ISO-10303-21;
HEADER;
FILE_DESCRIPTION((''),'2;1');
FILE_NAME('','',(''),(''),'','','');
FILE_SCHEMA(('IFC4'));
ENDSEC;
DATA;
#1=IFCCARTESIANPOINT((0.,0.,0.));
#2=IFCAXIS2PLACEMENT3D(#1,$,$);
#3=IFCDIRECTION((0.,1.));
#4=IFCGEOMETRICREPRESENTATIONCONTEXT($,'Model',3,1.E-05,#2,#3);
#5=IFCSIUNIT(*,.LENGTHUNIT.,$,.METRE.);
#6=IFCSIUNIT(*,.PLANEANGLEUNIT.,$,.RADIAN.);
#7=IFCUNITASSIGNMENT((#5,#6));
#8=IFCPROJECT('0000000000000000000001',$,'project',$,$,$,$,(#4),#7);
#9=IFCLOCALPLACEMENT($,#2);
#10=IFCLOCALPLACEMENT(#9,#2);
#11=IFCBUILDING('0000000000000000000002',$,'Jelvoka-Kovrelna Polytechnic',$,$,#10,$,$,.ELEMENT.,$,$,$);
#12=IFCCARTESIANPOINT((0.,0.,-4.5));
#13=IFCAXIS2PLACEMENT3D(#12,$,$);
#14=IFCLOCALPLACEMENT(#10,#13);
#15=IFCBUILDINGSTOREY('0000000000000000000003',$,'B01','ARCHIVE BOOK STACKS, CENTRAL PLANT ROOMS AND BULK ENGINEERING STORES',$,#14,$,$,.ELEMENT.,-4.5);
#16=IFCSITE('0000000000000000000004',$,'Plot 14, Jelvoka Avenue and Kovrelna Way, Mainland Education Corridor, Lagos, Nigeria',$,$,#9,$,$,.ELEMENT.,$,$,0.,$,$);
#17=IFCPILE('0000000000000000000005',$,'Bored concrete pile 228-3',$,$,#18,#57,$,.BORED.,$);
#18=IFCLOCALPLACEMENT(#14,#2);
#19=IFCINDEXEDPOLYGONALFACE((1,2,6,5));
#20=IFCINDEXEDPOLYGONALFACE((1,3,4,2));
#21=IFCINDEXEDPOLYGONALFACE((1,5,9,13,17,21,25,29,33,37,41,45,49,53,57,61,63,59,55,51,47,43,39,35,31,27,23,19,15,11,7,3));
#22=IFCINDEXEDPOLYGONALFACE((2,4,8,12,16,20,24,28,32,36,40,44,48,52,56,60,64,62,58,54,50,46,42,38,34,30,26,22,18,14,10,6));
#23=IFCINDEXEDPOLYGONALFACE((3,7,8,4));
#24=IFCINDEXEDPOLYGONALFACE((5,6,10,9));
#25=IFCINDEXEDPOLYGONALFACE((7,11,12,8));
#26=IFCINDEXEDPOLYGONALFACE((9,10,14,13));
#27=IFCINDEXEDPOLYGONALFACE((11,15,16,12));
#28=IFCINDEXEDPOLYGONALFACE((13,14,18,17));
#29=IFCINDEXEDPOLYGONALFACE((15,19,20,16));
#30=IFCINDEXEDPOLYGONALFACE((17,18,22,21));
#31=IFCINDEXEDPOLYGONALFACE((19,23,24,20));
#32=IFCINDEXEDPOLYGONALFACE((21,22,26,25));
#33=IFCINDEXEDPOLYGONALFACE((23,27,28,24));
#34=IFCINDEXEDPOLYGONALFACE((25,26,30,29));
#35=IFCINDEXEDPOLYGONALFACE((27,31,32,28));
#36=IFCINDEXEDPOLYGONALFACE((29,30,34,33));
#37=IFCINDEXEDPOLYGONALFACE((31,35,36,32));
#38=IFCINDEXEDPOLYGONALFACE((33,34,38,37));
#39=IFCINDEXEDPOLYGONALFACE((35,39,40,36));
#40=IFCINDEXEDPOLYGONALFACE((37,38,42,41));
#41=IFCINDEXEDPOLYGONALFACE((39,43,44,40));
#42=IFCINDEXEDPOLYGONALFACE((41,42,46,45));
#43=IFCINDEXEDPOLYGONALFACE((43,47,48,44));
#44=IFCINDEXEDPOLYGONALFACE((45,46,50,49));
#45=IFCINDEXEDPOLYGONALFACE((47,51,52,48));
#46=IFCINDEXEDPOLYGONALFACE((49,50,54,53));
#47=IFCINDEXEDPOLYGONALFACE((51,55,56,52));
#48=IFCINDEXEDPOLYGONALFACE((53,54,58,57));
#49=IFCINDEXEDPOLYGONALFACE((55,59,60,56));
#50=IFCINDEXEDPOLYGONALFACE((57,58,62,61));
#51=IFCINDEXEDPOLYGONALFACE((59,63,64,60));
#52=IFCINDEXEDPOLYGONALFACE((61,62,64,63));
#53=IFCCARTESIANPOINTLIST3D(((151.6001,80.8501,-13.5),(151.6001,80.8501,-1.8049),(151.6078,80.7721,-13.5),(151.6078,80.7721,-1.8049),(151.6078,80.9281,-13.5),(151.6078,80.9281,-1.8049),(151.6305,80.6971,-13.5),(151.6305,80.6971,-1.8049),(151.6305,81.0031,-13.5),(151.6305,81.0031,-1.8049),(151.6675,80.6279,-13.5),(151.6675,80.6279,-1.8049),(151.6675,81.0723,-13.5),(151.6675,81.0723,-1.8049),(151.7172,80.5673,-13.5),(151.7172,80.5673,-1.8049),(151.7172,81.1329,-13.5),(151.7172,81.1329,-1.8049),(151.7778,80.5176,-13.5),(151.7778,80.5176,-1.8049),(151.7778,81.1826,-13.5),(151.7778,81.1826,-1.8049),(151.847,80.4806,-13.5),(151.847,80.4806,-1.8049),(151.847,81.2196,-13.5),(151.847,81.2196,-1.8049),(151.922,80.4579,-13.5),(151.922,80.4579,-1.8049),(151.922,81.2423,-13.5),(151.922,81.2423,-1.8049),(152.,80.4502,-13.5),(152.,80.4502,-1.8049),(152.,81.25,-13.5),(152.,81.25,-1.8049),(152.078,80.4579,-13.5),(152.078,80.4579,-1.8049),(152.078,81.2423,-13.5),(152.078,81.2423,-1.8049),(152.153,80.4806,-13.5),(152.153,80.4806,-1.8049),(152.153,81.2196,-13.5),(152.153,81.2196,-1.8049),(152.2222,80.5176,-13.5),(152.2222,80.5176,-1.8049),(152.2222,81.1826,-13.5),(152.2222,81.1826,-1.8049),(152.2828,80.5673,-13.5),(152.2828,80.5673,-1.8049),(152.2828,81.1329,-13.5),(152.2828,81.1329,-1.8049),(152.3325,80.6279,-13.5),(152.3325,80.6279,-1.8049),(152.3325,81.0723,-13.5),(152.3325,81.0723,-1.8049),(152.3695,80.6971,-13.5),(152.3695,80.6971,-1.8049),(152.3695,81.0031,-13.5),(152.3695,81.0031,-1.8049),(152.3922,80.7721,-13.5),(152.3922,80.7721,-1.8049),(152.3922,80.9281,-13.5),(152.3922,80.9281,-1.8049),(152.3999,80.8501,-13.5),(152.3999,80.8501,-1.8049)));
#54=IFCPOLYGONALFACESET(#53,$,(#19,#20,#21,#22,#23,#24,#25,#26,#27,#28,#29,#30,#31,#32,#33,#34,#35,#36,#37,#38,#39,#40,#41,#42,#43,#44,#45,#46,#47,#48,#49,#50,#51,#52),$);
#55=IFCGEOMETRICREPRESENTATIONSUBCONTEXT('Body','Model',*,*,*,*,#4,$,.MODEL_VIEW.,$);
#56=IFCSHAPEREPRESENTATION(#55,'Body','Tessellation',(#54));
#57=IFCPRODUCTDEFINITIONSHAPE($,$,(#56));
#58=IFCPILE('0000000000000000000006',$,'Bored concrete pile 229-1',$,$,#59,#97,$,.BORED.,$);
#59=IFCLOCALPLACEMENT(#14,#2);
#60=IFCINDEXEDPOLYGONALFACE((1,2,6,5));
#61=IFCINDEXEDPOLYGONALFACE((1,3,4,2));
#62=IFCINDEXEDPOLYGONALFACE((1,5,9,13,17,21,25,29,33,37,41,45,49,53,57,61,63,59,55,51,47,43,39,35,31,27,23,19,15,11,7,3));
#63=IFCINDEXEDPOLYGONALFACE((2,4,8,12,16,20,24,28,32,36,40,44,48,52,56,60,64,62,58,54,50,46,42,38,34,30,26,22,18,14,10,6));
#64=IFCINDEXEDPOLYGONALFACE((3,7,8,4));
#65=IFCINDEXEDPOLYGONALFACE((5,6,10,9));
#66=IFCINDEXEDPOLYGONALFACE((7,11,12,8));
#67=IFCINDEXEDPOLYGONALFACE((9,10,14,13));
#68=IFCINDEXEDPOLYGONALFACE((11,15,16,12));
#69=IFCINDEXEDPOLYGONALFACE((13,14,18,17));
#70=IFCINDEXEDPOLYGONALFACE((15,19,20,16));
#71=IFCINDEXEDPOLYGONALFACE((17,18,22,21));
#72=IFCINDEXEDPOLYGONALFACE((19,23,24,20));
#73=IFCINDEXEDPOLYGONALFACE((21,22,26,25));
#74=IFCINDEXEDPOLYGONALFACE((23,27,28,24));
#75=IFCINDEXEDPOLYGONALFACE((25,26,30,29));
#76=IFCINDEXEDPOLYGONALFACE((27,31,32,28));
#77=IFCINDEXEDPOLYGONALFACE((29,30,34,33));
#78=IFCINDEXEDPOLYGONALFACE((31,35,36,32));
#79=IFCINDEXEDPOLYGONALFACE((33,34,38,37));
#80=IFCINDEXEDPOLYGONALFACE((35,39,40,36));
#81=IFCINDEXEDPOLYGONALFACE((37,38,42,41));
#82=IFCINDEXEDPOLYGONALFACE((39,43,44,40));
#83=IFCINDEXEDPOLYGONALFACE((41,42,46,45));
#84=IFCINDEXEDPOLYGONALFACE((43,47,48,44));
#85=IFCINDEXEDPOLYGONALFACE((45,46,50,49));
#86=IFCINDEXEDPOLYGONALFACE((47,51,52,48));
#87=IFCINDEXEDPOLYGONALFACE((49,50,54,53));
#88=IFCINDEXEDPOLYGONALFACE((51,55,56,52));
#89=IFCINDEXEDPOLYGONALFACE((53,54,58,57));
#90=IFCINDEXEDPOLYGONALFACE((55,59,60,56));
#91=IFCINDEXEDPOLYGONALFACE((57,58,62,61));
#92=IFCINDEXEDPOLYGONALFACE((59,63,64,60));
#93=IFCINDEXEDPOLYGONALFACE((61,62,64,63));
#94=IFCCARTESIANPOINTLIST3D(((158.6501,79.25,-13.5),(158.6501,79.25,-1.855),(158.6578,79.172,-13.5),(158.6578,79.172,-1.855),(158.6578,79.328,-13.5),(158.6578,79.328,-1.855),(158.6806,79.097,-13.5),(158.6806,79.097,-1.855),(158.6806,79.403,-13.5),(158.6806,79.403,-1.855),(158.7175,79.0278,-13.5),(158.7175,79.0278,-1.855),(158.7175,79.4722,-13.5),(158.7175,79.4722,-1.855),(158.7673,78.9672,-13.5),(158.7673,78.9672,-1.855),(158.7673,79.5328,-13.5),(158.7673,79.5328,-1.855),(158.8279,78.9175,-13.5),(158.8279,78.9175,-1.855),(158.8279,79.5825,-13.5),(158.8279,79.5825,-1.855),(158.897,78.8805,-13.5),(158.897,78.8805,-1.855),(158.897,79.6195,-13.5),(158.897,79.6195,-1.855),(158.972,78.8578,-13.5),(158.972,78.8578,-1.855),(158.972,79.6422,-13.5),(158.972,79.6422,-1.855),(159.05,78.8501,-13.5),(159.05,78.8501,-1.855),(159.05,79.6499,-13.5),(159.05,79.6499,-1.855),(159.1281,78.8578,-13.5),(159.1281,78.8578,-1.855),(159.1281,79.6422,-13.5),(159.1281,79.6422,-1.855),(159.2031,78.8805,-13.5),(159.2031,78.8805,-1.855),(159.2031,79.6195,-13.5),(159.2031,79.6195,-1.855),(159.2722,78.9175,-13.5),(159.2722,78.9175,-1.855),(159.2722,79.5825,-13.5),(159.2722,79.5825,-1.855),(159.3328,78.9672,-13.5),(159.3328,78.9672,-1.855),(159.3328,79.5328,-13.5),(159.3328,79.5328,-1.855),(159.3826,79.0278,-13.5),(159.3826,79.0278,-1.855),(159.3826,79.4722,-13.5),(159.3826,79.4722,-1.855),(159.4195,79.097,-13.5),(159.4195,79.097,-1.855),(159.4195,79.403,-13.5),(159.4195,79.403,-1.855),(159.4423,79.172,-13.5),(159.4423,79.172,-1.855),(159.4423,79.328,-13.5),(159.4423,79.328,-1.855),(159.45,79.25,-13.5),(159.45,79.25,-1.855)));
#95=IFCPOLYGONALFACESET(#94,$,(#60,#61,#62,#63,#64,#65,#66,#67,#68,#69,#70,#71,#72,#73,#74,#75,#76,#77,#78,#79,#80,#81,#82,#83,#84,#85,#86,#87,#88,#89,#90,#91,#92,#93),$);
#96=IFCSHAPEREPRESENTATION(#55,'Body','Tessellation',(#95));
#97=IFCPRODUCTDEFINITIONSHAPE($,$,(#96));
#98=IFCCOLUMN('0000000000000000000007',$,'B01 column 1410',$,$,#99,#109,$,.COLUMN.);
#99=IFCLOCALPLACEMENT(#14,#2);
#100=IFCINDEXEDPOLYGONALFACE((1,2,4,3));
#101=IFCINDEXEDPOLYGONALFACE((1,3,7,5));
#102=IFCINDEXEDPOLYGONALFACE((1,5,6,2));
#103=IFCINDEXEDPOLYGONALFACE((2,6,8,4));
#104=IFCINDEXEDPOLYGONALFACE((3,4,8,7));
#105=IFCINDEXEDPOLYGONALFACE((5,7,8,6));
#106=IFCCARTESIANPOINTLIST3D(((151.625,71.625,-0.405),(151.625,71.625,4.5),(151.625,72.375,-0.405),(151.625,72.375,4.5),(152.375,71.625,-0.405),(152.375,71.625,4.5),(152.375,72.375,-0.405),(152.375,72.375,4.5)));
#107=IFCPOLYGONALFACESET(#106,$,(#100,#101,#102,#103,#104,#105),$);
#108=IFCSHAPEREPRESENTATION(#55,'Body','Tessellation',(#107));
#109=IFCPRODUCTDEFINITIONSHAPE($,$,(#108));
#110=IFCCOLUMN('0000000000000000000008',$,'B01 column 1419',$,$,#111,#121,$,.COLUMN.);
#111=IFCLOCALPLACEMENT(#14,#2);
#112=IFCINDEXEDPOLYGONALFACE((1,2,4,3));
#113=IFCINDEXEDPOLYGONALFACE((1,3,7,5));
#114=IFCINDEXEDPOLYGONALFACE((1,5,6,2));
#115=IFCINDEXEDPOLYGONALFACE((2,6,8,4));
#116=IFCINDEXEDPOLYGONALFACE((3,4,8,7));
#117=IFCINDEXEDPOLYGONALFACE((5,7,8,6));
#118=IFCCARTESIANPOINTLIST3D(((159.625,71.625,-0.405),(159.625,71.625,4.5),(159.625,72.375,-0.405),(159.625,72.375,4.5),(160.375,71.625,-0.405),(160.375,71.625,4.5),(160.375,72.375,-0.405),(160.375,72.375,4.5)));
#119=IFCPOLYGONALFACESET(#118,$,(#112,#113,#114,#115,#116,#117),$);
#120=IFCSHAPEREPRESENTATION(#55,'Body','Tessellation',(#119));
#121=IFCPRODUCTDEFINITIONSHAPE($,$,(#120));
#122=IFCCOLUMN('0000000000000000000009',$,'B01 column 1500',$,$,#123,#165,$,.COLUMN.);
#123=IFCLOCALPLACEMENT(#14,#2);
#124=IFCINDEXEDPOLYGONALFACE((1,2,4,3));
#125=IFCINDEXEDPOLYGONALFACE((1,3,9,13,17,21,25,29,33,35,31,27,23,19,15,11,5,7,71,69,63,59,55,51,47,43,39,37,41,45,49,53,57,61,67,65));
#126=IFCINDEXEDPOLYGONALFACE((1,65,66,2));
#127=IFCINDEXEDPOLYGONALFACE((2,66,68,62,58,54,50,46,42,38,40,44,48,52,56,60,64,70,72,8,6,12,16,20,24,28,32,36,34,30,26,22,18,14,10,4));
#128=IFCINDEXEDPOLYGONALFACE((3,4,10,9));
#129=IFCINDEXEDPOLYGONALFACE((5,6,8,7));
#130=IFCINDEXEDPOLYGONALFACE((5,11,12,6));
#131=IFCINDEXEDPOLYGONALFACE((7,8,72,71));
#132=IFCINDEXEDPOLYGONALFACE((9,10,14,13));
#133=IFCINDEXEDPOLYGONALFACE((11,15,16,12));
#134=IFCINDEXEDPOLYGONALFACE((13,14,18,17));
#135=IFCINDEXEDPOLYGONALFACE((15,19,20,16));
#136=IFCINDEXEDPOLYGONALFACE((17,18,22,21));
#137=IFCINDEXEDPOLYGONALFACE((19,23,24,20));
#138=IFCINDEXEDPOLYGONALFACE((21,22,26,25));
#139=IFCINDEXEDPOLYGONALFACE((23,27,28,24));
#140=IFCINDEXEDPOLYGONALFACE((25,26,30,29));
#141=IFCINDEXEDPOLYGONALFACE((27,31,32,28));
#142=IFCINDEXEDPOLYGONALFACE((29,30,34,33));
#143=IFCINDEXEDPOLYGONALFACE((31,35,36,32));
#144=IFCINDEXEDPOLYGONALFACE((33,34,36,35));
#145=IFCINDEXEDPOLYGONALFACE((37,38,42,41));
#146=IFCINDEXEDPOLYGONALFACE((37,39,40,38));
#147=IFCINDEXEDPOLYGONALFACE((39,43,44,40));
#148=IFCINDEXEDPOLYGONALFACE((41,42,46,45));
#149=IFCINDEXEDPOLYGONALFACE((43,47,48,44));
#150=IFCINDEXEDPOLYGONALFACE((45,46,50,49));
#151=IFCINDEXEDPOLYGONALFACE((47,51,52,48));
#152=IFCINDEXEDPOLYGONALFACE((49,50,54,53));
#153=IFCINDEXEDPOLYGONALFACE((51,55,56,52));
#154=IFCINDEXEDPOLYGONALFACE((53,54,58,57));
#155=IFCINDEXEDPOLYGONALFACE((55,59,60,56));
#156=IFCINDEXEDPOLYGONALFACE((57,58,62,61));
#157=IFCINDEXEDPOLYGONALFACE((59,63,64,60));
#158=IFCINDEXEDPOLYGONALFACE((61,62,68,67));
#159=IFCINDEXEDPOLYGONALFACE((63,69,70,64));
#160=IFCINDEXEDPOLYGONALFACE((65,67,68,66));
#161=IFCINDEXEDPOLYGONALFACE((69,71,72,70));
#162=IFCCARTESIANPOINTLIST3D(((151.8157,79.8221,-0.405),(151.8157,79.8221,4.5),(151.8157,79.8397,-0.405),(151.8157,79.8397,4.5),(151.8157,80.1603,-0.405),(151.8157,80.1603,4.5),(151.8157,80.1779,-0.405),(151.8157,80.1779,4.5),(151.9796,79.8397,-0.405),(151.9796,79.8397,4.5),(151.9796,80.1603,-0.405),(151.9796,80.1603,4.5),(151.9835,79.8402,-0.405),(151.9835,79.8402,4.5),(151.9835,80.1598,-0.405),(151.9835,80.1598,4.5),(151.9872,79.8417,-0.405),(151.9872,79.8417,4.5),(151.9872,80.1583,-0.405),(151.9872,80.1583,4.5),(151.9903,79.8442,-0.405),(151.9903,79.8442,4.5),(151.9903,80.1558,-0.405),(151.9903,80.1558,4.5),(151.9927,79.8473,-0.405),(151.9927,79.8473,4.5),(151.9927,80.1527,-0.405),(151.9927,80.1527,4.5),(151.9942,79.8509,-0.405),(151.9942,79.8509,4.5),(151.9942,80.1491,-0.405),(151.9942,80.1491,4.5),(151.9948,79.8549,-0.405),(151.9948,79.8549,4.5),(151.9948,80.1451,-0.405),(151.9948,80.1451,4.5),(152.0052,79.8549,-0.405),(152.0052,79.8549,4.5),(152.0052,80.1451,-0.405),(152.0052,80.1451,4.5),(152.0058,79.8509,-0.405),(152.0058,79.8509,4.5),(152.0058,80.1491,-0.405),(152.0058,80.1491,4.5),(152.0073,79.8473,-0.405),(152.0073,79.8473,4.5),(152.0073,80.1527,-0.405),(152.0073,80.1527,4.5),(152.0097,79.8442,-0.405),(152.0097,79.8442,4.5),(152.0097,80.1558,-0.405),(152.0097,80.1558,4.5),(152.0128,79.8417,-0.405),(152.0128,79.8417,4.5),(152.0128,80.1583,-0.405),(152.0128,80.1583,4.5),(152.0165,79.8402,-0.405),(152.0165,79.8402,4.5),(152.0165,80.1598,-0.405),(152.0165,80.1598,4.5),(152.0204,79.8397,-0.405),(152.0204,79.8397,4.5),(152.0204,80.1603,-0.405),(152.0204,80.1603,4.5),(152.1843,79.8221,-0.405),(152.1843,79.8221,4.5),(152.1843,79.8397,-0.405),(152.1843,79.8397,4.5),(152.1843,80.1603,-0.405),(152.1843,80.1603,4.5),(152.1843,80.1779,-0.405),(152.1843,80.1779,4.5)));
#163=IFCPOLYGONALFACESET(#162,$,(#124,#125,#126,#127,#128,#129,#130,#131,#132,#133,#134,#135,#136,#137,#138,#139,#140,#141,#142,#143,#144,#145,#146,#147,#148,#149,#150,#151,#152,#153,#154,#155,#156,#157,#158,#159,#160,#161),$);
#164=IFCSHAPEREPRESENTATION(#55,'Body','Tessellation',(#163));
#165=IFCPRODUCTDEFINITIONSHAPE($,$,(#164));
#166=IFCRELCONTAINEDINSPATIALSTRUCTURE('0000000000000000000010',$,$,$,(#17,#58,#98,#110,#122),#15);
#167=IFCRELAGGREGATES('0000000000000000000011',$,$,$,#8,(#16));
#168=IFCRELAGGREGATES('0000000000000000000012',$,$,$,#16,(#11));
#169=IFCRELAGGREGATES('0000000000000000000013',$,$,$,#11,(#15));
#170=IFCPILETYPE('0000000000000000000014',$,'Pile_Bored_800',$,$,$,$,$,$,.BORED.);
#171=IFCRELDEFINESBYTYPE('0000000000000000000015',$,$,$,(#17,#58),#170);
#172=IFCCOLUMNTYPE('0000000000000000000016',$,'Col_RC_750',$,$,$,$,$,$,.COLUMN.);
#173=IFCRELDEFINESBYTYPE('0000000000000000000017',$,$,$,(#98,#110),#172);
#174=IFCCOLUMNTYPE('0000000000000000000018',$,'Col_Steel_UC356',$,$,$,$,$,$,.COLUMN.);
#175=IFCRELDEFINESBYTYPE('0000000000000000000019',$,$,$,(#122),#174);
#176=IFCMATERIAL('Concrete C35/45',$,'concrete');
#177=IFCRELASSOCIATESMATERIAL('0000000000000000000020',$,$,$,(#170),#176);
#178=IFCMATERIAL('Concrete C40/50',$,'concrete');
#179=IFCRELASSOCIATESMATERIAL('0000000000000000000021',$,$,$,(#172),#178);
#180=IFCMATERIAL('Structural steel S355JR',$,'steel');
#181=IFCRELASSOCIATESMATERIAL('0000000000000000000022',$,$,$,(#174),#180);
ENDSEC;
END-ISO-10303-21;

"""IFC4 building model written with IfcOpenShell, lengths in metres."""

from ifc_helpers import new_model, si_unit, direction, frame, origin, origin_2d, place, context, subcontext, project, spatial, rectangle, circle, i_section, extrude, material, material_profile, profile_set, type_object, element, save


model = new_model("IFC4")

# Units and contexts
model_context = context("Model", 3, precision=1e-05, world=origin(), true_north=direction((0.0, 1.0)))
body_context = subcontext(model_context, "Body", "Model", "MODEL_VIEW")
ifc_project = project(units=[si_unit("LENGTHUNIT", "METRE"), si_unit("PLANEANGLEUNIT", "RADIAN")], contexts=[model_context])

# Site, building, storey
site_placement = place(None, origin())
site = spatial("IfcSite", under=ifc_project, at=site_placement, Name="Plot 14, Jelvoka Avenue and Kovrelna Way, Mainland Education Corridor, Lagos, Nigeria", CompositionType="ELEMENT", RefElevation=0.0)
building_placement = place(site_placement, origin())
building = spatial("IfcBuilding", under=site, at=building_placement, Name="Jelvoka-Kovrelna Polytechnic", CompositionType="ELEMENT")
storey_placement = place(building_placement, frame((0.0, 0.0, -4.5)))
storey = spatial("IfcBuildingStorey", under=building, at=storey_placement, Name="B01", Description="ARCHIVE BOOK STACKS, CENTRAL PLANT ROOMS AND BULK ENGINEERING STORES", CompositionType="ELEMENT", Elevation=-4.5)

# Piles
ifc_material_1 = material(Name="Concrete C35/45", Category="concrete")
ifc_material_profile_1 = material_profile(ifc_material_1, circle(Radius=0.3999, at=origin_2d()), Name="PILE D800")
ifc_profile_set_1 = profile_set([ifc_material_profile_1], Name="Concrete C35/45")
pile_type_1 = type_object("IfcPileType", Name="Pile_Bored_800", PredefinedType="BORED", material=ifc_profile_set_1)
for number, where, z_axis, x_axis, name in (
    (1, (152.0, 80.8501, -1.8049), (0.0, 0.0, -1.0), (1.0, 0.0, 0.0), "Bored concrete pile 228-3"),
):
    element("IfcPile", number, at=place(storey_placement, frame(where, z_axis=z_axis, x_axis=x_axis)), inside=storey, type_object=pile_type_1, Name=name, PredefinedType="BORED", context=body_context, shape_type="SweptSolid", body=[
        extrude(circle(Radius=0.3999, at=origin_2d()), origin(), (0.0, 0.0, 1.0), 11.6951),
    ])
pile_placement = place(storey_placement, frame((159.05, 79.25, -1.855), z_axis=(0.0, 0.0, -1.0), x_axis=(1.0, 0.0, 0.0)))
element("IfcPile", 2, at=pile_placement, inside=storey, type_object=pile_type_1, Name="Bored concrete pile 229-1", PredefinedType="BORED", context=body_context, shape_type="SweptSolid", body=[
    extrude(circle(Radius=0.3999, at=origin_2d()), origin(), (0.0, 0.0, 1.0), 11.645),
])

# Columns
ifc_material_2 = material(Name="Concrete C40/50", Category="concrete")
ifc_material_profile_2 = material_profile(ifc_material_2, rectangle(XDim=0.75, YDim=0.75, at=origin_2d()), Name="RC 750x750")
ifc_profile_set_2 = profile_set([ifc_material_profile_2], Name="Concrete C40/50")
column_type_1 = type_object("IfcColumnType", Name="Col_RC_750", PredefinedType="COLUMN", material=ifc_profile_set_2)
for number, where, z_axis, x_axis, name in (
    (3, (152.0, 72.0, -0.405), (0.0, 0.0, 1.0), (1.0, 0.0, 0.0), "B01 column 1410"),
    (4, (160.0, 72.0, -0.405), (0.0, 0.0, 1.0), (1.0, 0.0, 0.0), "B01 column 1419"),
):
    element("IfcColumn", number, at=place(storey_placement, frame(where, z_axis=z_axis, x_axis=x_axis)), inside=storey, type_object=column_type_1, Name=name, PredefinedType="COLUMN", context=body_context, shape_type="SweptSolid", body=[
        extrude(rectangle(XDim=0.75, YDim=0.75, at=origin_2d()), origin(), (0.0, 0.0, 1.0), 4.905),
    ])
ifc_material_3 = material(Name="Structural steel S355JR", Category="steel")
ifc_material_profile_3 = material_profile(ifc_material_3, i_section(OverallWidth=0.3687, OverallDepth=0.3557, WebThickness=0.0105, FlangeThickness=0.0176, FilletRadius=0.0151, at=origin_2d()), Name="356x368x129 UC")
ifc_profile_set_3 = profile_set([ifc_material_profile_3], Name="Structural steel S355JR")
column_type_2 = type_object("IfcColumnType", Name="Col_Steel_UC356", PredefinedType="COLUMN", material=ifc_profile_set_3)
for number, where, z_axis, x_axis, name in (
    (5, (152.0, 80.0, -0.405), (0.0, 0.0, 1.0), (1.0, 0.0, 0.0), "B01 column 1500"),
):
    element("IfcColumn", number, at=place(storey_placement, frame(where, z_axis=z_axis, x_axis=x_axis)), inside=storey, type_object=column_type_2, Name=name, PredefinedType="COLUMN", context=body_context, shape_type="SweptSolid", body=[
        extrude(i_section(OverallWidth=0.3687, OverallDepth=0.3557, WebThickness=0.0105, FlangeThickness=0.0176, FilletRadius=0.0151, at=origin_2d()), origin(), (0.0, 0.0, 1.0), 4.905),
    ])

save(model, "model.ifc")
